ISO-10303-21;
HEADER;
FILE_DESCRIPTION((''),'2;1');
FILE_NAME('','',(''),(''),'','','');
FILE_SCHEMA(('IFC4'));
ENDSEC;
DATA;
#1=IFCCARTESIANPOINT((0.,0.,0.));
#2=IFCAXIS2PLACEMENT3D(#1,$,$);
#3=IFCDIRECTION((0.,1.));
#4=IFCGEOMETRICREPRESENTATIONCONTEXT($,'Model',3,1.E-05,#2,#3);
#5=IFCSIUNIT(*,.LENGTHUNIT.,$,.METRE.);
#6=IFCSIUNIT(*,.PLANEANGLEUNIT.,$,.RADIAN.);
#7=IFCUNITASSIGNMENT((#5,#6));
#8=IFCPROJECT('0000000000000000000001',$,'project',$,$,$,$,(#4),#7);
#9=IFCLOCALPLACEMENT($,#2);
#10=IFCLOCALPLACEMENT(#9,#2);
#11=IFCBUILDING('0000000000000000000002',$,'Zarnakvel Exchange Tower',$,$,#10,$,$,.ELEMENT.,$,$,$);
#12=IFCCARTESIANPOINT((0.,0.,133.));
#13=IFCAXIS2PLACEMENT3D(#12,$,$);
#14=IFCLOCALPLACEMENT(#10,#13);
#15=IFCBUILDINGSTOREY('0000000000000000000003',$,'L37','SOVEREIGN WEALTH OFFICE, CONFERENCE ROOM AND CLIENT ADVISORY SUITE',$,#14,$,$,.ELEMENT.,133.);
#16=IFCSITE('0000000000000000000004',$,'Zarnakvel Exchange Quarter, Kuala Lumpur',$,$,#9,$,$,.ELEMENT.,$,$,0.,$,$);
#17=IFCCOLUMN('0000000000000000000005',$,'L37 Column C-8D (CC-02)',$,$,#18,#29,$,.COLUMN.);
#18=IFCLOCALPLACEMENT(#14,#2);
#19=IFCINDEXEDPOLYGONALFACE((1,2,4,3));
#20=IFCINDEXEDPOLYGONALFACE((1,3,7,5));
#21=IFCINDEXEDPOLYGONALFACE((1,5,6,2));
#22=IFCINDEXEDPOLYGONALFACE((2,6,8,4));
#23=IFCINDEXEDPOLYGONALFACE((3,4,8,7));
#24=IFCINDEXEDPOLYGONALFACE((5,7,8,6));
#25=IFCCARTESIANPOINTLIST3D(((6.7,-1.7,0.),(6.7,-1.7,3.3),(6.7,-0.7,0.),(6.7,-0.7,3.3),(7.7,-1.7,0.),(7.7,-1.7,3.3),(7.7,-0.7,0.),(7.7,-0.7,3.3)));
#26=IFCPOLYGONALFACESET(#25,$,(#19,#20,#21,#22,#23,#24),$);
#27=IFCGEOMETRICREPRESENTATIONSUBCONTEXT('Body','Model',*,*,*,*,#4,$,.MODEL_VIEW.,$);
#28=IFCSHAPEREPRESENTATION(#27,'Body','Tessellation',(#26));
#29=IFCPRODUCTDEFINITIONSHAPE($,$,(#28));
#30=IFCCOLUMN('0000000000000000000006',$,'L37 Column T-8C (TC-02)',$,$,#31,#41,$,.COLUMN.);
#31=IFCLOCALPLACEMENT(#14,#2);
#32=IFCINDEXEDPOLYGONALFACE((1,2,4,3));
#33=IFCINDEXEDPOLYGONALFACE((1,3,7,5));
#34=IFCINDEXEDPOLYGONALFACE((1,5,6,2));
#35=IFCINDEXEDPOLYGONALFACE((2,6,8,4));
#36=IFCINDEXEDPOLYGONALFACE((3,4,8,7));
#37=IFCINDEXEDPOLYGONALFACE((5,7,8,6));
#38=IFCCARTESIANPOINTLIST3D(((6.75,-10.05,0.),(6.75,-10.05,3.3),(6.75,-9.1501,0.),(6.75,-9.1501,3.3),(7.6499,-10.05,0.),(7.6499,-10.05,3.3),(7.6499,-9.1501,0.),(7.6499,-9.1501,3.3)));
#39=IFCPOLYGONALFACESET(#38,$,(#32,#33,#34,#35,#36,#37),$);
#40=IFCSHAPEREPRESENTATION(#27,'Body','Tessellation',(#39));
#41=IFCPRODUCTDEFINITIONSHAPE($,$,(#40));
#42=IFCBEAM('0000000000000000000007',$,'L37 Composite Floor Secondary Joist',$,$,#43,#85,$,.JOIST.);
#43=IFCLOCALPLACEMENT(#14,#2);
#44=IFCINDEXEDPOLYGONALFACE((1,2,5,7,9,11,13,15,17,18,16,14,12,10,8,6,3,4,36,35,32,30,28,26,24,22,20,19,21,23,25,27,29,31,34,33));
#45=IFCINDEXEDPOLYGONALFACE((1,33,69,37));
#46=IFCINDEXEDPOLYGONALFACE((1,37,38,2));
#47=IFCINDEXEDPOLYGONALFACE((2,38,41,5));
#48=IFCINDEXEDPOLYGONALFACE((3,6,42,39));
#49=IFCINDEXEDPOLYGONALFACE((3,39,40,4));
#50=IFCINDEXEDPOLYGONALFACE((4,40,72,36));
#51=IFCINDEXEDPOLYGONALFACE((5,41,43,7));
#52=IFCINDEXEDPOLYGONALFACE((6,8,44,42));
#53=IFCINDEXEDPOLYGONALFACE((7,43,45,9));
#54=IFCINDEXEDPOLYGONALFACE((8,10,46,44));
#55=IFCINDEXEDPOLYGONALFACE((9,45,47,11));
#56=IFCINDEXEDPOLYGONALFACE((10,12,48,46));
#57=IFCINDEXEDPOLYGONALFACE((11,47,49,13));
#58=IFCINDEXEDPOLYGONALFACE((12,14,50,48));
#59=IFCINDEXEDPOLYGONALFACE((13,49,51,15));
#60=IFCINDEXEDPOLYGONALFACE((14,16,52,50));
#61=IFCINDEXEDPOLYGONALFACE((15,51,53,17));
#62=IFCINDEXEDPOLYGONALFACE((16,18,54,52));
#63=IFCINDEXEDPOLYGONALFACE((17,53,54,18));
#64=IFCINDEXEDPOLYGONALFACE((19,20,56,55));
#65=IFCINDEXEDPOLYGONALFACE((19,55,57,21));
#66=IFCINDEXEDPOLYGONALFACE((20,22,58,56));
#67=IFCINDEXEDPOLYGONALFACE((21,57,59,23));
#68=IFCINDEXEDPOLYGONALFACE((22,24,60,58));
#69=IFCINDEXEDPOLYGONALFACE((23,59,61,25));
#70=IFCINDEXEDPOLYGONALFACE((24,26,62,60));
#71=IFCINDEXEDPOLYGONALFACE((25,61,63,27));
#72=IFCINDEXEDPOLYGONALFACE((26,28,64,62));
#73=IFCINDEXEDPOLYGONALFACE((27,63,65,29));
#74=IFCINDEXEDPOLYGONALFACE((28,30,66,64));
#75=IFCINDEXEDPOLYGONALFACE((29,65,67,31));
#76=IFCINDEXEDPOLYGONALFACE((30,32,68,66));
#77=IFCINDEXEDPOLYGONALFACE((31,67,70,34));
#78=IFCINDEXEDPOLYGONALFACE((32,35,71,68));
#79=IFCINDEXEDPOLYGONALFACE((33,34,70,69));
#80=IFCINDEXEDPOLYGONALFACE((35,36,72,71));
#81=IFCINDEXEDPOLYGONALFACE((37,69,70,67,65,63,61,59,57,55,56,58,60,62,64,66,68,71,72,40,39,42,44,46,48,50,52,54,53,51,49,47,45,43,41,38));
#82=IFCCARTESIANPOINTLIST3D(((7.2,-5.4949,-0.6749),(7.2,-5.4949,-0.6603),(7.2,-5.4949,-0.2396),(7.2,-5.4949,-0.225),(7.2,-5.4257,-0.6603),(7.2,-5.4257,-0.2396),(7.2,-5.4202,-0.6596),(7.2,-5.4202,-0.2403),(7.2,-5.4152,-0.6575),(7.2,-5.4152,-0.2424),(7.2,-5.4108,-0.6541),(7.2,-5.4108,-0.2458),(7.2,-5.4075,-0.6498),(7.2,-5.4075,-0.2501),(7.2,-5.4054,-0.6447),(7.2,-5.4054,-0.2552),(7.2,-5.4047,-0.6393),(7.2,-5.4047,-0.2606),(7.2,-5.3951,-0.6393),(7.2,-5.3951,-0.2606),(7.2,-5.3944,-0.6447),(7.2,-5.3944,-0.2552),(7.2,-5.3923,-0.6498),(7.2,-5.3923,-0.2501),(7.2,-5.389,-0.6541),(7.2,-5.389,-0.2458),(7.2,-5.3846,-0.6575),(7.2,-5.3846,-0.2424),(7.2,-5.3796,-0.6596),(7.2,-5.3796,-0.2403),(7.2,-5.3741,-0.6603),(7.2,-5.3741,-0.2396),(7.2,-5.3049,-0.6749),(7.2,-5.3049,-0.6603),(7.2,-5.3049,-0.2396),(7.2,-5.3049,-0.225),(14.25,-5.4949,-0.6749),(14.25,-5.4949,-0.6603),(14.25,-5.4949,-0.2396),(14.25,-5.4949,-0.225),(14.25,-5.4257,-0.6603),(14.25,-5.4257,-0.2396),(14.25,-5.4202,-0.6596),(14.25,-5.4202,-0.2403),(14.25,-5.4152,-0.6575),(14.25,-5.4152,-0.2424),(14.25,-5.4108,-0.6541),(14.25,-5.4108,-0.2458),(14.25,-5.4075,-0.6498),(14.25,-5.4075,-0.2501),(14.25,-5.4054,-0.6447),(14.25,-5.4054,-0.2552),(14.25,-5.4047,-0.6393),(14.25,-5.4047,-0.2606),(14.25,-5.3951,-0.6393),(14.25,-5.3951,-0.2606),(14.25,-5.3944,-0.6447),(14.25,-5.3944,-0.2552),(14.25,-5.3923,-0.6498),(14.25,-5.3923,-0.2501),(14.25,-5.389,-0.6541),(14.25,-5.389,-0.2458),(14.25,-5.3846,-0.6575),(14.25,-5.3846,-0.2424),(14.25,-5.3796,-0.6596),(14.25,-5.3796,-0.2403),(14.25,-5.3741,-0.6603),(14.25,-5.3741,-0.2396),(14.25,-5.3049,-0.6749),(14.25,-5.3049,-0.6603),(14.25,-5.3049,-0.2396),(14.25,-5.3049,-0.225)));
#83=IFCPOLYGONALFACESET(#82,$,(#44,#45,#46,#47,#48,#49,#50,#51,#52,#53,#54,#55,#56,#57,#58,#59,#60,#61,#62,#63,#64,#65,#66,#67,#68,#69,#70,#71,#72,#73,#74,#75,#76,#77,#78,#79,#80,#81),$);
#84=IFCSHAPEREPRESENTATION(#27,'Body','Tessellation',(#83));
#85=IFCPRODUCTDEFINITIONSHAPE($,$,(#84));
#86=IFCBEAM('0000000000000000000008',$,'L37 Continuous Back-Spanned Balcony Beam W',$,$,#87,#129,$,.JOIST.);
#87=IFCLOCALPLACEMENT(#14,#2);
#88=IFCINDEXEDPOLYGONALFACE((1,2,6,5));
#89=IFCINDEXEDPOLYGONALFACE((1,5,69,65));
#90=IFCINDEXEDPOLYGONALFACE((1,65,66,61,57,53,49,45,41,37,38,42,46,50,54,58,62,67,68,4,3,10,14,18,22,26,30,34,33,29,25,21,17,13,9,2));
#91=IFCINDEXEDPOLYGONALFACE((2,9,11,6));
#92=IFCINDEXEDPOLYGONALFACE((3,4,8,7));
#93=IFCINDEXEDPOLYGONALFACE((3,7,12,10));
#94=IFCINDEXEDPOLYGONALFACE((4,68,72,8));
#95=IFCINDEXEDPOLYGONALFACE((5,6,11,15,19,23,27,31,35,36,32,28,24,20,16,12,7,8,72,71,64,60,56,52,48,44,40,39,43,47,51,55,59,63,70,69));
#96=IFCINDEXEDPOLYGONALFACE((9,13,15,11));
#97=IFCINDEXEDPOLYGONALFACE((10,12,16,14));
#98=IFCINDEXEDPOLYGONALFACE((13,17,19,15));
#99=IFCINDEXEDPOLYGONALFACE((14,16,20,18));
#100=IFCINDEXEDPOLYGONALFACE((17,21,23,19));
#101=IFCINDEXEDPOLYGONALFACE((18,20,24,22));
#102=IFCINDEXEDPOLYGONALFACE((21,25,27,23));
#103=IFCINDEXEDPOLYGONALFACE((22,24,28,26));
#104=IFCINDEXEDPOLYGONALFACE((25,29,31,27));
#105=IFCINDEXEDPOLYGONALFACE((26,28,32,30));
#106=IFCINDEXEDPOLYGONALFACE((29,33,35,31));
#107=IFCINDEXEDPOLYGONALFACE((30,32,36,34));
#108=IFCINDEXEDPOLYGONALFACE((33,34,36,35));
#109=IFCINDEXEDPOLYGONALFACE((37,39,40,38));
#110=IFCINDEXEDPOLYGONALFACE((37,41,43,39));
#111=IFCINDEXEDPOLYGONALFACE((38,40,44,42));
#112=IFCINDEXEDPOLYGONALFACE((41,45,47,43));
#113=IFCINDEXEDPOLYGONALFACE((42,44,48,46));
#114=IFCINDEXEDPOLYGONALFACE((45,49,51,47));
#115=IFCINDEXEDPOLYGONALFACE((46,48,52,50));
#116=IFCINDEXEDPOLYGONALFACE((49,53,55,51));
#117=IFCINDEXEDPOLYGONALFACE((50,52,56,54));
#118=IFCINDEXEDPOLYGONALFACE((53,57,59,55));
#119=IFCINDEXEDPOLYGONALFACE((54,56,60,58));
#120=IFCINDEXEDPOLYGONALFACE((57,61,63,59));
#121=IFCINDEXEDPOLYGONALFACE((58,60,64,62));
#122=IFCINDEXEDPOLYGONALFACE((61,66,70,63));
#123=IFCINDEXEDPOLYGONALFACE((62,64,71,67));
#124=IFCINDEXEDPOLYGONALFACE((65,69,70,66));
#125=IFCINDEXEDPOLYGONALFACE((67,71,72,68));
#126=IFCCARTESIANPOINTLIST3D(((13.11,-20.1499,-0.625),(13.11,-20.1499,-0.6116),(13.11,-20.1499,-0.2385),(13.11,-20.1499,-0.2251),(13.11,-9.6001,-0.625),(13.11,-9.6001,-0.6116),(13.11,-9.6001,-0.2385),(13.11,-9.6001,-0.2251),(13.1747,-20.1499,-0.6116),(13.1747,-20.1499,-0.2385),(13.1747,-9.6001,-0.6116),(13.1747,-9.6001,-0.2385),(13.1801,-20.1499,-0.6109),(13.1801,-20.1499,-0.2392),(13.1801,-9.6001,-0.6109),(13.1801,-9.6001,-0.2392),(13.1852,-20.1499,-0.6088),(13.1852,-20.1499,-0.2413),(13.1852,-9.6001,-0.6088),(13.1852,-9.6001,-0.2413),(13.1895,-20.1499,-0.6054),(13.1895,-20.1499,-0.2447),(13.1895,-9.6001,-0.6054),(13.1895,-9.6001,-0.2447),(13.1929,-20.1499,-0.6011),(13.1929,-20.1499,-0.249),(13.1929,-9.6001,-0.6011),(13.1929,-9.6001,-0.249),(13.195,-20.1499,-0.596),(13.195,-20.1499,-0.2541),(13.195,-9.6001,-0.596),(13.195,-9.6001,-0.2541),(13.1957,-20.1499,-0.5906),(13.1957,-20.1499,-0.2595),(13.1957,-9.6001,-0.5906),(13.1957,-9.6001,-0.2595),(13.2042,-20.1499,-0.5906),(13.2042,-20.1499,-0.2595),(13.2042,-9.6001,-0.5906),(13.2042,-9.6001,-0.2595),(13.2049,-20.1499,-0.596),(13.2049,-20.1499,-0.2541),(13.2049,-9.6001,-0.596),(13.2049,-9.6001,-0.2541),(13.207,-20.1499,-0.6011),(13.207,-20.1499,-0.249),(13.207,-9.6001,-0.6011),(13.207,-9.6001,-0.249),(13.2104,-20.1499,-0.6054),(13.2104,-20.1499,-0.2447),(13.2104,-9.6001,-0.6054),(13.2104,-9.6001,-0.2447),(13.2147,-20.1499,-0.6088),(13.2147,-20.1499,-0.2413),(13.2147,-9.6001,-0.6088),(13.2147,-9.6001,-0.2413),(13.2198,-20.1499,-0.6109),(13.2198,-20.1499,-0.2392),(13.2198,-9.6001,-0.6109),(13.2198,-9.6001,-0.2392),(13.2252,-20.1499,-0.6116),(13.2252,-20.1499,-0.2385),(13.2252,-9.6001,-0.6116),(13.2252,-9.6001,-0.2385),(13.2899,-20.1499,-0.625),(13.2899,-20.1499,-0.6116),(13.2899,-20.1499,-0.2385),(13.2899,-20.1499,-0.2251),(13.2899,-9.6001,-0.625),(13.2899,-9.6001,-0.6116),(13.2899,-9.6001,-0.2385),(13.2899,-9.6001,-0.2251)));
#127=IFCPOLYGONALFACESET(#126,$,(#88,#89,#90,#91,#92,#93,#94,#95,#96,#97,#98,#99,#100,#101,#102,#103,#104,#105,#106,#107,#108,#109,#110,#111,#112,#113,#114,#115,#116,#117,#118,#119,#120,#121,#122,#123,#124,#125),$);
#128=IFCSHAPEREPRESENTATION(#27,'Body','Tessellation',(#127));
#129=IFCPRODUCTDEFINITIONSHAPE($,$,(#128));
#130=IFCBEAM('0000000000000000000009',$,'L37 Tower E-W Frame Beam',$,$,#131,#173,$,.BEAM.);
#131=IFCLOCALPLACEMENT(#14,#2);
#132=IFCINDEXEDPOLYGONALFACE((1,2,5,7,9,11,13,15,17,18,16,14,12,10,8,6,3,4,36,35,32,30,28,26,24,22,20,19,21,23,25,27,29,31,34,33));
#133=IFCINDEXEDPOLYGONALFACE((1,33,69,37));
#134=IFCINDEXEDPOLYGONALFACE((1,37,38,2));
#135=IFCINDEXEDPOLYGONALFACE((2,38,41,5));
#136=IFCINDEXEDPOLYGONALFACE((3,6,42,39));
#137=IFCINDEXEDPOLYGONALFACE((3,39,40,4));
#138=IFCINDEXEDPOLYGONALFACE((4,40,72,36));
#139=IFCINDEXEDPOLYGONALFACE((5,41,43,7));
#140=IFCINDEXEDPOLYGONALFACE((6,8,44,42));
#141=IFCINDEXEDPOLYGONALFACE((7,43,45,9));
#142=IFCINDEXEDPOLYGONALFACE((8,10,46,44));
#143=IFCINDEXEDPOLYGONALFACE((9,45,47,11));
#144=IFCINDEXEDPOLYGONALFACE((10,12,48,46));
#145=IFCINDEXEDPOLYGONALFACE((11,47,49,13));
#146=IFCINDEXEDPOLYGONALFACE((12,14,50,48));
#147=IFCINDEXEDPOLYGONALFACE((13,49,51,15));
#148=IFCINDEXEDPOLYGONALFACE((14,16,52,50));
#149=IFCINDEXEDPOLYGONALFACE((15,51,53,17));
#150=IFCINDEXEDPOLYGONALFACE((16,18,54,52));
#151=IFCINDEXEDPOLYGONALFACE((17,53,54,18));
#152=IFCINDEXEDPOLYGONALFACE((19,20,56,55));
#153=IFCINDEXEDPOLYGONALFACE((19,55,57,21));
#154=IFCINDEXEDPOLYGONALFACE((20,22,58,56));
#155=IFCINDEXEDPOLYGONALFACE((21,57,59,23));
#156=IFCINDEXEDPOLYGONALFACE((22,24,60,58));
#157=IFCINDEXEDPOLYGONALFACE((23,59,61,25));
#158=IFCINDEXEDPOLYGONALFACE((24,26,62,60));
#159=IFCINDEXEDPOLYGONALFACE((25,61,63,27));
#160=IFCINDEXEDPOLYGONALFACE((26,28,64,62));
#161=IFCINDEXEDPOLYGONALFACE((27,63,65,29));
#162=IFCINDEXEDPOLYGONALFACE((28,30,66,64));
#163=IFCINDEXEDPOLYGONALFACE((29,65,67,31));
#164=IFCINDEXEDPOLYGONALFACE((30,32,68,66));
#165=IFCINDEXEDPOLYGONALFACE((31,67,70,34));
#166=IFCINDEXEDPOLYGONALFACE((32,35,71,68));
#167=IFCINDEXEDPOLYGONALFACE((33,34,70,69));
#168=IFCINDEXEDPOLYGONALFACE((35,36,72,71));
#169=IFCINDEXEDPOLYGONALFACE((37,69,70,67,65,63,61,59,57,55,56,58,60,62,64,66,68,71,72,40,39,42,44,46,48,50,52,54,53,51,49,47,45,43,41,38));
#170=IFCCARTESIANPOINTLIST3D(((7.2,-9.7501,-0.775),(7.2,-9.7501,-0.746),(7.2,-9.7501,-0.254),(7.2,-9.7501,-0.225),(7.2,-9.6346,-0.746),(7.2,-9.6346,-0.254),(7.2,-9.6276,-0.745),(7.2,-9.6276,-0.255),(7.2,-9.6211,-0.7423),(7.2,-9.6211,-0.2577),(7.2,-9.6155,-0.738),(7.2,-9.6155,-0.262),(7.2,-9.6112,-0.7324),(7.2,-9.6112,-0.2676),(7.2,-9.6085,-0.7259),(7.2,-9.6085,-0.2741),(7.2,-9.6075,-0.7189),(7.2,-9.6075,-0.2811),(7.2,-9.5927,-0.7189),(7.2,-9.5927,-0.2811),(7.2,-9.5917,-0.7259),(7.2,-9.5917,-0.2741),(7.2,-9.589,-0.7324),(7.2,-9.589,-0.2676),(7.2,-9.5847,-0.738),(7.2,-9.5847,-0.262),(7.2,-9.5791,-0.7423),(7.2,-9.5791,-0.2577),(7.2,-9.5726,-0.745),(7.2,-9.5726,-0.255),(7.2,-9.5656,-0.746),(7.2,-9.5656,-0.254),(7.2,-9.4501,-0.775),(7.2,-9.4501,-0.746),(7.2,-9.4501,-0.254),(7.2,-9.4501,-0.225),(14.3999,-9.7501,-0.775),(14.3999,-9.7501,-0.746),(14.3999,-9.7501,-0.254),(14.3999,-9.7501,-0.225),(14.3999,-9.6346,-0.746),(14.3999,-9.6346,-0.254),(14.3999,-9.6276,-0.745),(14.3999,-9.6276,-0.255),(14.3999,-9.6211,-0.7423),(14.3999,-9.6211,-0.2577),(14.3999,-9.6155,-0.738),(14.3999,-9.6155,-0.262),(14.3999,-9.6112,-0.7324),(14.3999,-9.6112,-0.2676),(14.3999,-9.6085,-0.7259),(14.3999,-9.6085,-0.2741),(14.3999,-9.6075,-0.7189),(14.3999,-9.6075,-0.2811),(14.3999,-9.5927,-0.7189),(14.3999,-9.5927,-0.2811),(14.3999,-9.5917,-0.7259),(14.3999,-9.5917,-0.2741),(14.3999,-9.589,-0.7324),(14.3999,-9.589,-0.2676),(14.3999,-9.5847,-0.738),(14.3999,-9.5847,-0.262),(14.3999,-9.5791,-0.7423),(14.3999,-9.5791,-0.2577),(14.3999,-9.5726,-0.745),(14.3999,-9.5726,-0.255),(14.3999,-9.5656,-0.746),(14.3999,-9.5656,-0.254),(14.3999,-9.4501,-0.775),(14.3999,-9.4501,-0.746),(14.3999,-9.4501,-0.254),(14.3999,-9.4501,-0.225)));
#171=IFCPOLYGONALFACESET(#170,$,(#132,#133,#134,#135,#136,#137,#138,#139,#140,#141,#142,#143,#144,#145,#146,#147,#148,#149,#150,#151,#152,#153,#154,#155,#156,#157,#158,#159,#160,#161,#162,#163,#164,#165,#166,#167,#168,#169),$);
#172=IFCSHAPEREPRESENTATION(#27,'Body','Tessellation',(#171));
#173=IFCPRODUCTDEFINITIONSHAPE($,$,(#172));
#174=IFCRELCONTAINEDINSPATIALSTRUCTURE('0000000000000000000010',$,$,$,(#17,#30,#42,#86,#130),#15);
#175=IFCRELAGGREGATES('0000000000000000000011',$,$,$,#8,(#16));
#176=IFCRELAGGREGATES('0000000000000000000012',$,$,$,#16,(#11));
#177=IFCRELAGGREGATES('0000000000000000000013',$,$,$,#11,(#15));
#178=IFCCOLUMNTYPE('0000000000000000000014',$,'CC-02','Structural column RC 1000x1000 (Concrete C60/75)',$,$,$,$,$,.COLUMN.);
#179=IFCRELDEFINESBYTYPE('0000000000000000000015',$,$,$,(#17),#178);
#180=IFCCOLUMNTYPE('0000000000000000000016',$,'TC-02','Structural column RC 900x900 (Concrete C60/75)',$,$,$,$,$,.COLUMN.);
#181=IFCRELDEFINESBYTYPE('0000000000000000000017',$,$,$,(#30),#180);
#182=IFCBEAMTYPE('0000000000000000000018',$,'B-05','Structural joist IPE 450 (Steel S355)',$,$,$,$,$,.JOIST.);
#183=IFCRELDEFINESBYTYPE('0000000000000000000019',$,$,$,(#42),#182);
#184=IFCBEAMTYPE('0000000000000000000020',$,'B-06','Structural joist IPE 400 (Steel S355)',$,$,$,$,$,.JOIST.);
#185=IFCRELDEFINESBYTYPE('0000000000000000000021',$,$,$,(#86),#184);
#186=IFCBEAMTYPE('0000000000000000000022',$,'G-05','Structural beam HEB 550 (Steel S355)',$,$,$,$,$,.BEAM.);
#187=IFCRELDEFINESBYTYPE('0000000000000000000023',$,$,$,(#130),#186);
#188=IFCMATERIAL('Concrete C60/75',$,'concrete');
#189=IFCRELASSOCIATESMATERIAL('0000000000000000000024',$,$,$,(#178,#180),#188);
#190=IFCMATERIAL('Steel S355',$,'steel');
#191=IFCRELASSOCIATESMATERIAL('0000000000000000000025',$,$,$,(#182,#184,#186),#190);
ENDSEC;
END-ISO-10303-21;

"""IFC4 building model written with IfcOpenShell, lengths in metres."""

from ifc_helpers import new_model, si_unit, direction, frame, origin, origin_2d, place, context, subcontext, project, spatial, rectangle, i_section, extrude, material, material_profile, profile_set, type_object, element, save


model = new_model("IFC4")

# Units and contexts
model_context = context("Model", 3, precision=1e-05, world=origin(), true_north=direction((0.0, 1.0)))
body_context = subcontext(model_context, "Body", "Model", "MODEL_VIEW")
ifc_project = project(units=[si_unit("LENGTHUNIT", "METRE"), si_unit("PLANEANGLEUNIT", "RADIAN")], contexts=[model_context])

# Site, building, storey
site_placement = place(None, origin())
site = spatial("IfcSite", under=ifc_project, at=site_placement, Name="Zarnakvel Exchange Quarter, Kuala Lumpur", CompositionType="ELEMENT", RefElevation=0.0)
building_placement = place(site_placement, origin())
building = spatial("IfcBuilding", under=site, at=building_placement, Name="Zarnakvel Exchange Tower", CompositionType="ELEMENT")
storey_placement = place(building_placement, frame((0.0, 0.0, 133.0)))
storey = spatial("IfcBuildingStorey", under=building, at=storey_placement, Name="L37", Description="SOVEREIGN WEALTH OFFICE, CONFERENCE ROOM AND CLIENT ADVISORY SUITE", CompositionType="ELEMENT", Elevation=133.0)

# Columns
ifc_material_1 = material(Name="Concrete C60/75", Category="concrete")
ifc_material_profile_1 = material_profile(ifc_material_1, rectangle(XDim=1.0, YDim=1.0, at=origin_2d()))
ifc_profile_set_1 = profile_set([ifc_material_profile_1], Name="Concrete C60/75")
column_type_1 = type_object("IfcColumnType", Name="CC-02", Description="Structural column RC 1000x1000 (Concrete C60/75)", PredefinedType="COLUMN", material=ifc_profile_set_1)
column_1_placement = place(storey_placement, frame((7.2, -1.2, 0.0), z_axis=(0.0, 0.0, 1.0), x_axis=(1.0, 0.0, 0.0)))
element("IfcColumn", 1, at=column_1_placement, inside=storey, type_object=column_type_1, Name="L37 Column C-8D (CC-02)", PredefinedType="COLUMN", context=body_context, shape_type="SweptSolid", body=[
    extrude(rectangle(XDim=1.0, YDim=1.0, at=origin_2d()), origin(), (0.0, 0.0, 1.0), 3.3),
])
ifc_material_profile_2 = material_profile(ifc_material_1, rectangle(XDim=0.8999, YDim=0.8999, at=origin_2d()))
ifc_profile_set_2 = profile_set([ifc_material_profile_2], Name="Concrete C60/75")
column_type_2 = type_object("IfcColumnType", Name="TC-02", Description="Structural column RC 900x900 (Concrete C60/75)", PredefinedType="COLUMN", material=ifc_profile_set_2)
column_2_placement = place(storey_placement, frame((7.2, -9.6001, 0.0), z_axis=(0.0, 0.0, 1.0), x_axis=(1.0, 0.0, 0.0)))
element("IfcColumn", 2, at=column_2_placement, inside=storey, type_object=column_type_2, Name="L37 Column T-8C (TC-02)", PredefinedType="COLUMN", context=body_context, shape_type="SweptSolid", body=[
    extrude(rectangle(XDim=0.8999, YDim=0.8999, at=origin_2d()), origin(), (0.0, 0.0, 1.0), 3.3),
])

# Beams
ifc_material_2 = material(Name="Steel S355", Category="steel")
ifc_material_profile_3 = material_profile(ifc_material_2, i_section(OverallWidth=0.1899, OverallDepth=0.45, WebThickness=0.0095, FlangeThickness=0.0146, FilletRadius=0.021, at=origin_2d()))
ifc_profile_set_3 = profile_set([ifc_material_profile_3], Name="Steel S355")
beam_type_1 = type_object("IfcBeamType", Name="B-05", Description="Structural joist IPE 450 (Steel S355)", PredefinedType="JOIST", material=ifc_profile_set_3)
beam_1_placement = place(storey_placement, frame((7.2, -5.3999, -0.45), z_axis=(1.0, 0.0, 0.0), x_axis=(0.0, 1.0, 0.0)))
element("IfcBeam", 3, at=beam_1_placement, inside=storey, type_object=beam_type_1, Name="L37 Composite Floor Secondary Joist", PredefinedType="JOIST", context=body_context, shape_type="SweptSolid", body=[
    extrude(i_section(OverallWidth=0.1899, OverallDepth=0.45, WebThickness=0.0095, FlangeThickness=0.0146, FilletRadius=0.021, at=origin_2d()), origin(), (0.0, 0.0, 1.0), 7.05),
])
ifc_material_profile_4 = material_profile(ifc_material_2, i_section(OverallWidth=0.1799, OverallDepth=0.3999, WebThickness=0.0085, FlangeThickness=0.0134, FilletRadius=0.021, at=origin_2d()))
ifc_profile_set_4 = profile_set([ifc_material_profile_4], Name="Steel S355")
beam_type_2 = type_object("IfcBeamType", Name="B-06", Description="Structural joist IPE 400 (Steel S355)", PredefinedType="JOIST", material=ifc_profile_set_4)
beam_2_placement = place(storey_placement, frame((13.2, -9.6001, -0.425), z_axis=(0.0, -1.0, 0.0), x_axis=(1.0, 0.0, 0.0)))
element("IfcBeam", 4, at=beam_2_placement, inside=storey, type_object=beam_type_2, Name="L37 Continuous Back-Spanned Balcony Beam W", PredefinedType="JOIST", context=body_context, shape_type="SweptSolid", body=[
    extrude(i_section(OverallWidth=0.1799, OverallDepth=0.3999, WebThickness=0.0085, FlangeThickness=0.0134, FilletRadius=0.021, at=origin_2d()), origin(), (0.0, 0.0, 1.0), 10.5498),
])
ifc_material_profile_5 = material_profile(ifc_material_2, i_section(OverallWidth=0.3, OverallDepth=0.55, WebThickness=0.0149, FlangeThickness=0.0291, FilletRadius=0.0271, at=origin_2d()))
ifc_profile_set_5 = profile_set([ifc_material_profile_5], Name="Steel S355")
beam_type_3 = type_object("IfcBeamType", Name="G-05", Description="Structural beam HEB 550 (Steel S355)", PredefinedType="BEAM", material=ifc_profile_set_5)
beam_3_placement = place(storey_placement, frame((7.2, -9.6001, -0.5), z_axis=(1.0, 0.0, 0.0), x_axis=(0.0, 1.0, 0.0)))
element("IfcBeam", 5, at=beam_3_placement, inside=storey, type_object=beam_type_3, Name="L37 Tower E-W Frame Beam", PredefinedType="BEAM", context=body_context, shape_type="SweptSolid", body=[
    extrude(i_section(OverallWidth=0.3, OverallDepth=0.55, WebThickness=0.0149, FlangeThickness=0.0291, FilletRadius=0.0271, at=origin_2d()), origin(), (0.0, 0.0, 1.0), 7.2),
])

save(model, "model.ifc")
